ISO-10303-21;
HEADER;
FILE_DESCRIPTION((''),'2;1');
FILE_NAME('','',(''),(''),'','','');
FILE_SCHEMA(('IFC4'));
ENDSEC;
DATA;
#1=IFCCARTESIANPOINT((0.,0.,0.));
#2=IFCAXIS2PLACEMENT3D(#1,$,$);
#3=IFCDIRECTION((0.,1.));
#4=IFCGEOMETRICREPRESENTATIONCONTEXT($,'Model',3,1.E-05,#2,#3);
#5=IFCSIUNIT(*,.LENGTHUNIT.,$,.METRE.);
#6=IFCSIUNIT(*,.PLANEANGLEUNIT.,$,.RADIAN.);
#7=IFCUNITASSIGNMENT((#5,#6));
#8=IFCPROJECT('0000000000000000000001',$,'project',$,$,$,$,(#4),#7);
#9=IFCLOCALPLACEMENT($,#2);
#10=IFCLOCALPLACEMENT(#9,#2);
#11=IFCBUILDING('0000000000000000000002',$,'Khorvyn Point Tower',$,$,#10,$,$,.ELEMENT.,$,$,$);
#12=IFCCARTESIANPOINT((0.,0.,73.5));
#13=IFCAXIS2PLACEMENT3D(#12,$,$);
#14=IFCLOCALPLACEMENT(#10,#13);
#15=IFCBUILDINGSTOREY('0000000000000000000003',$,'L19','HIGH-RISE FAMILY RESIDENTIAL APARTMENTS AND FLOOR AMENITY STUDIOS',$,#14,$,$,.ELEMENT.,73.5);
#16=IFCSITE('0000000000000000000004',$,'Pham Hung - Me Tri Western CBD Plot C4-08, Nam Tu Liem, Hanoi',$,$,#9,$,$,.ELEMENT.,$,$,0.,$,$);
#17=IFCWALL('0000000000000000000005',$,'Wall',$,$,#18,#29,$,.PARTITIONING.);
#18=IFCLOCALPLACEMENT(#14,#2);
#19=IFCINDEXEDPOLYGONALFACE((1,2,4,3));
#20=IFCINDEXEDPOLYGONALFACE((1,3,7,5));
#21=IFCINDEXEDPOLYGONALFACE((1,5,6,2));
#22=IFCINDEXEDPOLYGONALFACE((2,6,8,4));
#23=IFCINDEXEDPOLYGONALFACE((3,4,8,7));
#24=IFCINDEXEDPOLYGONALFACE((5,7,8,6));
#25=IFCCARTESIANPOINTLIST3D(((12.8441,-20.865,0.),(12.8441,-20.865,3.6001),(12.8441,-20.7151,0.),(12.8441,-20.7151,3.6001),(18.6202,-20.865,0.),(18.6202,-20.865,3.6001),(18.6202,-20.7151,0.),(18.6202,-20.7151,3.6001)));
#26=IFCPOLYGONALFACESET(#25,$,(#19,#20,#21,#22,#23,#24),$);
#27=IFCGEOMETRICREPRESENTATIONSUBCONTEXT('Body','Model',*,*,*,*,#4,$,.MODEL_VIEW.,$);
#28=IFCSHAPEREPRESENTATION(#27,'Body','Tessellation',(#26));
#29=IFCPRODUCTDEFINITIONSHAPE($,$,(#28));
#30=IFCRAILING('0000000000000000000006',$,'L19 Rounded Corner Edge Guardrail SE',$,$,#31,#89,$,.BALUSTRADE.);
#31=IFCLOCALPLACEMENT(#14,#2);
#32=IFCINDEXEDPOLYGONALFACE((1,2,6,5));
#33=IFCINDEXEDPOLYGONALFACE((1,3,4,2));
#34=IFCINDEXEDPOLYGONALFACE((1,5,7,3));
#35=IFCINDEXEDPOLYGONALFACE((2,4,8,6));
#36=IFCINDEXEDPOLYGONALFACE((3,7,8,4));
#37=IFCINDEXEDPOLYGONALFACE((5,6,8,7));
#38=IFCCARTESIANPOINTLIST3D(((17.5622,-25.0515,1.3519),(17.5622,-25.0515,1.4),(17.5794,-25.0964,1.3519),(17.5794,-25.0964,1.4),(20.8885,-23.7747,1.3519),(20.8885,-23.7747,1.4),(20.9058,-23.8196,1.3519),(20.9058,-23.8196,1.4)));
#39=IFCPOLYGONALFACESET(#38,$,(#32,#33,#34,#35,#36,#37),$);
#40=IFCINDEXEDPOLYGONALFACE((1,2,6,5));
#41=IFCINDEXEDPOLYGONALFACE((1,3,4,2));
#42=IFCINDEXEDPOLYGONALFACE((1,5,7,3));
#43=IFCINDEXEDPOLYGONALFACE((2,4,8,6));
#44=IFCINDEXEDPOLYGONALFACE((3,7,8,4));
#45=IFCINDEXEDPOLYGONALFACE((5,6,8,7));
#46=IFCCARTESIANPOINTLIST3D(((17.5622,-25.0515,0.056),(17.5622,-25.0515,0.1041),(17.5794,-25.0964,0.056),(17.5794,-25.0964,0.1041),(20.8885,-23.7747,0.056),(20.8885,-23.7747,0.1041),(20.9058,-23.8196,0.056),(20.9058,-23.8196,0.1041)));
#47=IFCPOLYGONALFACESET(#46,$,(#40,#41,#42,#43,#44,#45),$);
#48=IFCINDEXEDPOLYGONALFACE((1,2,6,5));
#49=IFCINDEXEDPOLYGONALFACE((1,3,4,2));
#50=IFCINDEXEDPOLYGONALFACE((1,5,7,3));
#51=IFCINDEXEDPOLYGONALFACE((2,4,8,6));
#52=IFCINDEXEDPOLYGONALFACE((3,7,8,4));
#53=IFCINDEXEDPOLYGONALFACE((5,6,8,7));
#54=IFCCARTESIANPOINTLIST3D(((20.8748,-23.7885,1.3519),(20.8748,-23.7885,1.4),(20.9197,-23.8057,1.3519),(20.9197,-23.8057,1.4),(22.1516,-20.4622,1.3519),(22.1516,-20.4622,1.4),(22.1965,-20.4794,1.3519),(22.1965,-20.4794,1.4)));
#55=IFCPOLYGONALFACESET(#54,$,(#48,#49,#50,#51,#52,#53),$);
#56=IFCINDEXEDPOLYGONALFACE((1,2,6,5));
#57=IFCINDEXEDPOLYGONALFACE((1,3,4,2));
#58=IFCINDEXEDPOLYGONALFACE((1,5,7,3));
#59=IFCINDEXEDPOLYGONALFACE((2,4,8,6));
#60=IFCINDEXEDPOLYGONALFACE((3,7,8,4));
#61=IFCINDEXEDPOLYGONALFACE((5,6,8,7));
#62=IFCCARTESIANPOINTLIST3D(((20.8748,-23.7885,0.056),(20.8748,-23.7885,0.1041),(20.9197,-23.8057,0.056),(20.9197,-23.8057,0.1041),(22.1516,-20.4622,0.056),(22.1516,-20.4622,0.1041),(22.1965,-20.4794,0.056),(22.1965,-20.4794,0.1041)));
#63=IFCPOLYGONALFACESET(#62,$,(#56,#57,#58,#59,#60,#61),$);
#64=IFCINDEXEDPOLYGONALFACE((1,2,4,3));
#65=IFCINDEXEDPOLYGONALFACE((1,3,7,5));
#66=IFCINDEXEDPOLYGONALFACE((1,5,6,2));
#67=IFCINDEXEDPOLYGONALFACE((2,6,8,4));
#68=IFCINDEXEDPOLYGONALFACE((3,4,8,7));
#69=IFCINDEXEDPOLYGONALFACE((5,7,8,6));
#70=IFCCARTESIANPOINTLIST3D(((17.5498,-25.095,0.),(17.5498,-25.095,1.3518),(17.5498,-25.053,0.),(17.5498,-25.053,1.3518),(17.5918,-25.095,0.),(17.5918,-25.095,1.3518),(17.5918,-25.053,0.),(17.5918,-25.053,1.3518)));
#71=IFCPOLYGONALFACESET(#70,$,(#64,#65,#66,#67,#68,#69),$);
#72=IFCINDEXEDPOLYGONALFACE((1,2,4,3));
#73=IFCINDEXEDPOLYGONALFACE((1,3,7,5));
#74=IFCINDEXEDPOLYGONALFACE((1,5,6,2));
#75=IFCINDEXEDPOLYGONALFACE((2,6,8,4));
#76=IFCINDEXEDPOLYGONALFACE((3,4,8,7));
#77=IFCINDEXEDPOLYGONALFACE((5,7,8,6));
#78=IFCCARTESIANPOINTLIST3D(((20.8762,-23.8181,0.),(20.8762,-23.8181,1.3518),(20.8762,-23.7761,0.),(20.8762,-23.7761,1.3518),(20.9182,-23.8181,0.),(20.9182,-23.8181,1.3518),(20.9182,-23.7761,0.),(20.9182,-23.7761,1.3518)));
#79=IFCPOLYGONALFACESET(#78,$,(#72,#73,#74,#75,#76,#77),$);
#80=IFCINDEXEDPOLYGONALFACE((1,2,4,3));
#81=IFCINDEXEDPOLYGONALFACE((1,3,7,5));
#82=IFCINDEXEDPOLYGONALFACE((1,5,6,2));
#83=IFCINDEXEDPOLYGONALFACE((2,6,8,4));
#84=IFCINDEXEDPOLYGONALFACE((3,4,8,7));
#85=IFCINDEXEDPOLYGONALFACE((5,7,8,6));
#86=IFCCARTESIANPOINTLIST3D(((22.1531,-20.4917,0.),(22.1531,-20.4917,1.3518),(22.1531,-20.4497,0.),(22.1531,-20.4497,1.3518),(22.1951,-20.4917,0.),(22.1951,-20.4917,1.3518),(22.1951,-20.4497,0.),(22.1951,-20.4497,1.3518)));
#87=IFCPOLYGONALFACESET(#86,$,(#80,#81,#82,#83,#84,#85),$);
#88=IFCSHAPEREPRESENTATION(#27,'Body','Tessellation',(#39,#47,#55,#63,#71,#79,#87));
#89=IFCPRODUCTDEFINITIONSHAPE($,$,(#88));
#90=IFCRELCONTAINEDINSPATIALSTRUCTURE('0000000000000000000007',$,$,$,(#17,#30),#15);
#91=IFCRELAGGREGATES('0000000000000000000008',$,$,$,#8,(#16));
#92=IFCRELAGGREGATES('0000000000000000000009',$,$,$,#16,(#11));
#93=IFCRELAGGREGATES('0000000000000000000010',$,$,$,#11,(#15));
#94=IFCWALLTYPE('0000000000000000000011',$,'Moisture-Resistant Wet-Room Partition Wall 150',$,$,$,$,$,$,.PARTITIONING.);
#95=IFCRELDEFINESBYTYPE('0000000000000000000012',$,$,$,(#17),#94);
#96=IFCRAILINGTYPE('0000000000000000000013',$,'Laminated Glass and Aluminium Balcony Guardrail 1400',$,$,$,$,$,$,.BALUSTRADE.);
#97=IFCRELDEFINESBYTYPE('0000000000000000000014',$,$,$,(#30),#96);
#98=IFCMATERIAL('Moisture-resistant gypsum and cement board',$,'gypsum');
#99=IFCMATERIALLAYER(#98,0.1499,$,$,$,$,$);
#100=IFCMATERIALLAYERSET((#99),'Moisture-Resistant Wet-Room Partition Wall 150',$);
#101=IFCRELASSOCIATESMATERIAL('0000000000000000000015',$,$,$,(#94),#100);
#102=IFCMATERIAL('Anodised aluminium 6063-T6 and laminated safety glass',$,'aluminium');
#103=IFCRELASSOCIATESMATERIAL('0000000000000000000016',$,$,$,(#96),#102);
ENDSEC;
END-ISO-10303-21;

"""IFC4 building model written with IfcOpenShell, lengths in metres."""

from ifc_helpers import new_model, si_unit, direction, frame, frame_2d, origin, origin_2d, place, context, subcontext, project, spatial, rectangle, extrude, material, layer, layer_set, type_object, element, save


model = new_model("IFC4")

# Units and contexts
model_context = context("Model", 3, precision=1e-05, world=origin(), true_north=direction((0.0, 1.0)))
body_context = subcontext(model_context, "Body", "Model", "MODEL_VIEW")
ifc_project = project(units=[si_unit("LENGTHUNIT", "METRE"), si_unit("PLANEANGLEUNIT", "RADIAN")], contexts=[model_context])

# Site, building, storey
site_placement = place(None, origin())
site = spatial("IfcSite", under=ifc_project, at=site_placement, Name="Pham Hung - Me Tri Western CBD Plot C4-08, Nam Tu Liem, Hanoi", CompositionType="ELEMENT", RefElevation=0.0)
building_placement = place(site_placement, origin())
building = spatial("IfcBuilding", under=site, at=building_placement, Name="Khorvyn Point Tower", CompositionType="ELEMENT")
storey_placement = place(building_placement, frame((0.0, 0.0, 73.5)))
storey = spatial("IfcBuildingStorey", under=building, at=storey_placement, Name="L19", Description="HIGH-RISE FAMILY RESIDENTIAL APARTMENTS AND FLOOR AMENITY STUDIOS", CompositionType="ELEMENT", Elevation=73.5)

# Shared definitions
ifc_material_1 = material(Name="Moisture-resistant gypsum and cement board", Category="gypsum")
ifc_layer_1 = layer(ifc_material_1, 0.1499)
ifc_layer_set_1 = layer_set([ifc_layer_1], Name="Moisture-Resistant Wet-Room Partition Wall 150")
wall_type_1 = type_object("IfcWallType", Name="Moisture-Resistant Wet-Room Partition Wall 150", PredefinedType="PARTITIONING", material=ifc_layer_set_1)

# Wall
wall_1_placement = place(storey_placement, frame((12.844, -20.79, 0.0), z_axis=(0.0, 0.0, 1.0), x_axis=(1.0, 0.0, 0.0)))
element("IfcWall", 1, at=wall_1_placement, inside=storey, type_object=wall_type_1, Name="Wall", PredefinedType="PARTITIONING", context=body_context, shape_type="SweptSolid", body=[
    extrude(rectangle(XDim=5.7761, YDim=0.1499, at=frame_2d((2.8882, 0.0))), origin(), (0.0, 0.0, 1.0), 3.6001),
])

# Railing
ifc_material_2 = material(Name="Anodised aluminium 6063-T6 and laminated safety glass", Category="aluminium")
railing_type = type_object("IfcRailingType", Name="Laminated Glass and Aluminium Balcony Guardrail 1400", PredefinedType="BALUSTRADE", material=ifc_material_2)
railing_1_placement = place(storey_placement, frame((17.5708, -25.074, 0.0)))
element("IfcRailing", 2, at=railing_1_placement, inside=storey, type_object=railing_type, Name="L19 Rounded Corner Edge Guardrail SE", PredefinedType="BALUSTRADE", context=body_context, shape_type="SweptSolid", body=[
    extrude(rectangle(XDim=0.0481, YDim=0.0481, at=origin_2d()), frame((0.0, 0.0, 1.376), z_axis=(0.933584, 0.358359, 0.0), x_axis=(-0.358359, 0.933584, 0.0)), (0.0, 0.0, 1.0), 3.563),
    extrude(rectangle(XDim=0.0481, YDim=0.0481, at=origin_2d()), frame((0.0, 0.0, 0.0801), z_axis=(0.933584, 0.358359, 0.0), x_axis=(-0.358359, 0.933584, 0.0)), (0.0, 0.0, 1.0), 3.563),
    extrude(rectangle(XDim=0.0481, YDim=0.0481, at=origin_2d()), frame((3.3264, 1.2769, 1.376), z_axis=(0.358359, 0.933584, 0.0), x_axis=(-0.933584, 0.358359, 0.0)), (0.0, 0.0, 1.0), 3.563),
    extrude(rectangle(XDim=0.0481, YDim=0.0481, at=origin_2d()), frame((3.3264, 1.2769, 0.0801), z_axis=(0.358359, 0.933584, 0.0), x_axis=(-0.933584, 0.358359, 0.0)), (0.0, 0.0, 1.0), 3.563),
    extrude(rectangle(XDim=0.042, YDim=0.042, at=origin_2d()), origin(), (0.0, 0.0, 1.0), 1.3518),
    extrude(rectangle(XDim=0.042, YDim=0.042, at=origin_2d()), frame((3.3264, 1.2769, 0.0)), (0.0, 0.0, 1.0), 1.3518),
    extrude(rectangle(XDim=0.042, YDim=0.042, at=origin_2d()), frame((4.6033, 4.6033, 0.0)), (0.0, 0.0, 1.0), 1.3518),
])

save(model, "model.ifc")
